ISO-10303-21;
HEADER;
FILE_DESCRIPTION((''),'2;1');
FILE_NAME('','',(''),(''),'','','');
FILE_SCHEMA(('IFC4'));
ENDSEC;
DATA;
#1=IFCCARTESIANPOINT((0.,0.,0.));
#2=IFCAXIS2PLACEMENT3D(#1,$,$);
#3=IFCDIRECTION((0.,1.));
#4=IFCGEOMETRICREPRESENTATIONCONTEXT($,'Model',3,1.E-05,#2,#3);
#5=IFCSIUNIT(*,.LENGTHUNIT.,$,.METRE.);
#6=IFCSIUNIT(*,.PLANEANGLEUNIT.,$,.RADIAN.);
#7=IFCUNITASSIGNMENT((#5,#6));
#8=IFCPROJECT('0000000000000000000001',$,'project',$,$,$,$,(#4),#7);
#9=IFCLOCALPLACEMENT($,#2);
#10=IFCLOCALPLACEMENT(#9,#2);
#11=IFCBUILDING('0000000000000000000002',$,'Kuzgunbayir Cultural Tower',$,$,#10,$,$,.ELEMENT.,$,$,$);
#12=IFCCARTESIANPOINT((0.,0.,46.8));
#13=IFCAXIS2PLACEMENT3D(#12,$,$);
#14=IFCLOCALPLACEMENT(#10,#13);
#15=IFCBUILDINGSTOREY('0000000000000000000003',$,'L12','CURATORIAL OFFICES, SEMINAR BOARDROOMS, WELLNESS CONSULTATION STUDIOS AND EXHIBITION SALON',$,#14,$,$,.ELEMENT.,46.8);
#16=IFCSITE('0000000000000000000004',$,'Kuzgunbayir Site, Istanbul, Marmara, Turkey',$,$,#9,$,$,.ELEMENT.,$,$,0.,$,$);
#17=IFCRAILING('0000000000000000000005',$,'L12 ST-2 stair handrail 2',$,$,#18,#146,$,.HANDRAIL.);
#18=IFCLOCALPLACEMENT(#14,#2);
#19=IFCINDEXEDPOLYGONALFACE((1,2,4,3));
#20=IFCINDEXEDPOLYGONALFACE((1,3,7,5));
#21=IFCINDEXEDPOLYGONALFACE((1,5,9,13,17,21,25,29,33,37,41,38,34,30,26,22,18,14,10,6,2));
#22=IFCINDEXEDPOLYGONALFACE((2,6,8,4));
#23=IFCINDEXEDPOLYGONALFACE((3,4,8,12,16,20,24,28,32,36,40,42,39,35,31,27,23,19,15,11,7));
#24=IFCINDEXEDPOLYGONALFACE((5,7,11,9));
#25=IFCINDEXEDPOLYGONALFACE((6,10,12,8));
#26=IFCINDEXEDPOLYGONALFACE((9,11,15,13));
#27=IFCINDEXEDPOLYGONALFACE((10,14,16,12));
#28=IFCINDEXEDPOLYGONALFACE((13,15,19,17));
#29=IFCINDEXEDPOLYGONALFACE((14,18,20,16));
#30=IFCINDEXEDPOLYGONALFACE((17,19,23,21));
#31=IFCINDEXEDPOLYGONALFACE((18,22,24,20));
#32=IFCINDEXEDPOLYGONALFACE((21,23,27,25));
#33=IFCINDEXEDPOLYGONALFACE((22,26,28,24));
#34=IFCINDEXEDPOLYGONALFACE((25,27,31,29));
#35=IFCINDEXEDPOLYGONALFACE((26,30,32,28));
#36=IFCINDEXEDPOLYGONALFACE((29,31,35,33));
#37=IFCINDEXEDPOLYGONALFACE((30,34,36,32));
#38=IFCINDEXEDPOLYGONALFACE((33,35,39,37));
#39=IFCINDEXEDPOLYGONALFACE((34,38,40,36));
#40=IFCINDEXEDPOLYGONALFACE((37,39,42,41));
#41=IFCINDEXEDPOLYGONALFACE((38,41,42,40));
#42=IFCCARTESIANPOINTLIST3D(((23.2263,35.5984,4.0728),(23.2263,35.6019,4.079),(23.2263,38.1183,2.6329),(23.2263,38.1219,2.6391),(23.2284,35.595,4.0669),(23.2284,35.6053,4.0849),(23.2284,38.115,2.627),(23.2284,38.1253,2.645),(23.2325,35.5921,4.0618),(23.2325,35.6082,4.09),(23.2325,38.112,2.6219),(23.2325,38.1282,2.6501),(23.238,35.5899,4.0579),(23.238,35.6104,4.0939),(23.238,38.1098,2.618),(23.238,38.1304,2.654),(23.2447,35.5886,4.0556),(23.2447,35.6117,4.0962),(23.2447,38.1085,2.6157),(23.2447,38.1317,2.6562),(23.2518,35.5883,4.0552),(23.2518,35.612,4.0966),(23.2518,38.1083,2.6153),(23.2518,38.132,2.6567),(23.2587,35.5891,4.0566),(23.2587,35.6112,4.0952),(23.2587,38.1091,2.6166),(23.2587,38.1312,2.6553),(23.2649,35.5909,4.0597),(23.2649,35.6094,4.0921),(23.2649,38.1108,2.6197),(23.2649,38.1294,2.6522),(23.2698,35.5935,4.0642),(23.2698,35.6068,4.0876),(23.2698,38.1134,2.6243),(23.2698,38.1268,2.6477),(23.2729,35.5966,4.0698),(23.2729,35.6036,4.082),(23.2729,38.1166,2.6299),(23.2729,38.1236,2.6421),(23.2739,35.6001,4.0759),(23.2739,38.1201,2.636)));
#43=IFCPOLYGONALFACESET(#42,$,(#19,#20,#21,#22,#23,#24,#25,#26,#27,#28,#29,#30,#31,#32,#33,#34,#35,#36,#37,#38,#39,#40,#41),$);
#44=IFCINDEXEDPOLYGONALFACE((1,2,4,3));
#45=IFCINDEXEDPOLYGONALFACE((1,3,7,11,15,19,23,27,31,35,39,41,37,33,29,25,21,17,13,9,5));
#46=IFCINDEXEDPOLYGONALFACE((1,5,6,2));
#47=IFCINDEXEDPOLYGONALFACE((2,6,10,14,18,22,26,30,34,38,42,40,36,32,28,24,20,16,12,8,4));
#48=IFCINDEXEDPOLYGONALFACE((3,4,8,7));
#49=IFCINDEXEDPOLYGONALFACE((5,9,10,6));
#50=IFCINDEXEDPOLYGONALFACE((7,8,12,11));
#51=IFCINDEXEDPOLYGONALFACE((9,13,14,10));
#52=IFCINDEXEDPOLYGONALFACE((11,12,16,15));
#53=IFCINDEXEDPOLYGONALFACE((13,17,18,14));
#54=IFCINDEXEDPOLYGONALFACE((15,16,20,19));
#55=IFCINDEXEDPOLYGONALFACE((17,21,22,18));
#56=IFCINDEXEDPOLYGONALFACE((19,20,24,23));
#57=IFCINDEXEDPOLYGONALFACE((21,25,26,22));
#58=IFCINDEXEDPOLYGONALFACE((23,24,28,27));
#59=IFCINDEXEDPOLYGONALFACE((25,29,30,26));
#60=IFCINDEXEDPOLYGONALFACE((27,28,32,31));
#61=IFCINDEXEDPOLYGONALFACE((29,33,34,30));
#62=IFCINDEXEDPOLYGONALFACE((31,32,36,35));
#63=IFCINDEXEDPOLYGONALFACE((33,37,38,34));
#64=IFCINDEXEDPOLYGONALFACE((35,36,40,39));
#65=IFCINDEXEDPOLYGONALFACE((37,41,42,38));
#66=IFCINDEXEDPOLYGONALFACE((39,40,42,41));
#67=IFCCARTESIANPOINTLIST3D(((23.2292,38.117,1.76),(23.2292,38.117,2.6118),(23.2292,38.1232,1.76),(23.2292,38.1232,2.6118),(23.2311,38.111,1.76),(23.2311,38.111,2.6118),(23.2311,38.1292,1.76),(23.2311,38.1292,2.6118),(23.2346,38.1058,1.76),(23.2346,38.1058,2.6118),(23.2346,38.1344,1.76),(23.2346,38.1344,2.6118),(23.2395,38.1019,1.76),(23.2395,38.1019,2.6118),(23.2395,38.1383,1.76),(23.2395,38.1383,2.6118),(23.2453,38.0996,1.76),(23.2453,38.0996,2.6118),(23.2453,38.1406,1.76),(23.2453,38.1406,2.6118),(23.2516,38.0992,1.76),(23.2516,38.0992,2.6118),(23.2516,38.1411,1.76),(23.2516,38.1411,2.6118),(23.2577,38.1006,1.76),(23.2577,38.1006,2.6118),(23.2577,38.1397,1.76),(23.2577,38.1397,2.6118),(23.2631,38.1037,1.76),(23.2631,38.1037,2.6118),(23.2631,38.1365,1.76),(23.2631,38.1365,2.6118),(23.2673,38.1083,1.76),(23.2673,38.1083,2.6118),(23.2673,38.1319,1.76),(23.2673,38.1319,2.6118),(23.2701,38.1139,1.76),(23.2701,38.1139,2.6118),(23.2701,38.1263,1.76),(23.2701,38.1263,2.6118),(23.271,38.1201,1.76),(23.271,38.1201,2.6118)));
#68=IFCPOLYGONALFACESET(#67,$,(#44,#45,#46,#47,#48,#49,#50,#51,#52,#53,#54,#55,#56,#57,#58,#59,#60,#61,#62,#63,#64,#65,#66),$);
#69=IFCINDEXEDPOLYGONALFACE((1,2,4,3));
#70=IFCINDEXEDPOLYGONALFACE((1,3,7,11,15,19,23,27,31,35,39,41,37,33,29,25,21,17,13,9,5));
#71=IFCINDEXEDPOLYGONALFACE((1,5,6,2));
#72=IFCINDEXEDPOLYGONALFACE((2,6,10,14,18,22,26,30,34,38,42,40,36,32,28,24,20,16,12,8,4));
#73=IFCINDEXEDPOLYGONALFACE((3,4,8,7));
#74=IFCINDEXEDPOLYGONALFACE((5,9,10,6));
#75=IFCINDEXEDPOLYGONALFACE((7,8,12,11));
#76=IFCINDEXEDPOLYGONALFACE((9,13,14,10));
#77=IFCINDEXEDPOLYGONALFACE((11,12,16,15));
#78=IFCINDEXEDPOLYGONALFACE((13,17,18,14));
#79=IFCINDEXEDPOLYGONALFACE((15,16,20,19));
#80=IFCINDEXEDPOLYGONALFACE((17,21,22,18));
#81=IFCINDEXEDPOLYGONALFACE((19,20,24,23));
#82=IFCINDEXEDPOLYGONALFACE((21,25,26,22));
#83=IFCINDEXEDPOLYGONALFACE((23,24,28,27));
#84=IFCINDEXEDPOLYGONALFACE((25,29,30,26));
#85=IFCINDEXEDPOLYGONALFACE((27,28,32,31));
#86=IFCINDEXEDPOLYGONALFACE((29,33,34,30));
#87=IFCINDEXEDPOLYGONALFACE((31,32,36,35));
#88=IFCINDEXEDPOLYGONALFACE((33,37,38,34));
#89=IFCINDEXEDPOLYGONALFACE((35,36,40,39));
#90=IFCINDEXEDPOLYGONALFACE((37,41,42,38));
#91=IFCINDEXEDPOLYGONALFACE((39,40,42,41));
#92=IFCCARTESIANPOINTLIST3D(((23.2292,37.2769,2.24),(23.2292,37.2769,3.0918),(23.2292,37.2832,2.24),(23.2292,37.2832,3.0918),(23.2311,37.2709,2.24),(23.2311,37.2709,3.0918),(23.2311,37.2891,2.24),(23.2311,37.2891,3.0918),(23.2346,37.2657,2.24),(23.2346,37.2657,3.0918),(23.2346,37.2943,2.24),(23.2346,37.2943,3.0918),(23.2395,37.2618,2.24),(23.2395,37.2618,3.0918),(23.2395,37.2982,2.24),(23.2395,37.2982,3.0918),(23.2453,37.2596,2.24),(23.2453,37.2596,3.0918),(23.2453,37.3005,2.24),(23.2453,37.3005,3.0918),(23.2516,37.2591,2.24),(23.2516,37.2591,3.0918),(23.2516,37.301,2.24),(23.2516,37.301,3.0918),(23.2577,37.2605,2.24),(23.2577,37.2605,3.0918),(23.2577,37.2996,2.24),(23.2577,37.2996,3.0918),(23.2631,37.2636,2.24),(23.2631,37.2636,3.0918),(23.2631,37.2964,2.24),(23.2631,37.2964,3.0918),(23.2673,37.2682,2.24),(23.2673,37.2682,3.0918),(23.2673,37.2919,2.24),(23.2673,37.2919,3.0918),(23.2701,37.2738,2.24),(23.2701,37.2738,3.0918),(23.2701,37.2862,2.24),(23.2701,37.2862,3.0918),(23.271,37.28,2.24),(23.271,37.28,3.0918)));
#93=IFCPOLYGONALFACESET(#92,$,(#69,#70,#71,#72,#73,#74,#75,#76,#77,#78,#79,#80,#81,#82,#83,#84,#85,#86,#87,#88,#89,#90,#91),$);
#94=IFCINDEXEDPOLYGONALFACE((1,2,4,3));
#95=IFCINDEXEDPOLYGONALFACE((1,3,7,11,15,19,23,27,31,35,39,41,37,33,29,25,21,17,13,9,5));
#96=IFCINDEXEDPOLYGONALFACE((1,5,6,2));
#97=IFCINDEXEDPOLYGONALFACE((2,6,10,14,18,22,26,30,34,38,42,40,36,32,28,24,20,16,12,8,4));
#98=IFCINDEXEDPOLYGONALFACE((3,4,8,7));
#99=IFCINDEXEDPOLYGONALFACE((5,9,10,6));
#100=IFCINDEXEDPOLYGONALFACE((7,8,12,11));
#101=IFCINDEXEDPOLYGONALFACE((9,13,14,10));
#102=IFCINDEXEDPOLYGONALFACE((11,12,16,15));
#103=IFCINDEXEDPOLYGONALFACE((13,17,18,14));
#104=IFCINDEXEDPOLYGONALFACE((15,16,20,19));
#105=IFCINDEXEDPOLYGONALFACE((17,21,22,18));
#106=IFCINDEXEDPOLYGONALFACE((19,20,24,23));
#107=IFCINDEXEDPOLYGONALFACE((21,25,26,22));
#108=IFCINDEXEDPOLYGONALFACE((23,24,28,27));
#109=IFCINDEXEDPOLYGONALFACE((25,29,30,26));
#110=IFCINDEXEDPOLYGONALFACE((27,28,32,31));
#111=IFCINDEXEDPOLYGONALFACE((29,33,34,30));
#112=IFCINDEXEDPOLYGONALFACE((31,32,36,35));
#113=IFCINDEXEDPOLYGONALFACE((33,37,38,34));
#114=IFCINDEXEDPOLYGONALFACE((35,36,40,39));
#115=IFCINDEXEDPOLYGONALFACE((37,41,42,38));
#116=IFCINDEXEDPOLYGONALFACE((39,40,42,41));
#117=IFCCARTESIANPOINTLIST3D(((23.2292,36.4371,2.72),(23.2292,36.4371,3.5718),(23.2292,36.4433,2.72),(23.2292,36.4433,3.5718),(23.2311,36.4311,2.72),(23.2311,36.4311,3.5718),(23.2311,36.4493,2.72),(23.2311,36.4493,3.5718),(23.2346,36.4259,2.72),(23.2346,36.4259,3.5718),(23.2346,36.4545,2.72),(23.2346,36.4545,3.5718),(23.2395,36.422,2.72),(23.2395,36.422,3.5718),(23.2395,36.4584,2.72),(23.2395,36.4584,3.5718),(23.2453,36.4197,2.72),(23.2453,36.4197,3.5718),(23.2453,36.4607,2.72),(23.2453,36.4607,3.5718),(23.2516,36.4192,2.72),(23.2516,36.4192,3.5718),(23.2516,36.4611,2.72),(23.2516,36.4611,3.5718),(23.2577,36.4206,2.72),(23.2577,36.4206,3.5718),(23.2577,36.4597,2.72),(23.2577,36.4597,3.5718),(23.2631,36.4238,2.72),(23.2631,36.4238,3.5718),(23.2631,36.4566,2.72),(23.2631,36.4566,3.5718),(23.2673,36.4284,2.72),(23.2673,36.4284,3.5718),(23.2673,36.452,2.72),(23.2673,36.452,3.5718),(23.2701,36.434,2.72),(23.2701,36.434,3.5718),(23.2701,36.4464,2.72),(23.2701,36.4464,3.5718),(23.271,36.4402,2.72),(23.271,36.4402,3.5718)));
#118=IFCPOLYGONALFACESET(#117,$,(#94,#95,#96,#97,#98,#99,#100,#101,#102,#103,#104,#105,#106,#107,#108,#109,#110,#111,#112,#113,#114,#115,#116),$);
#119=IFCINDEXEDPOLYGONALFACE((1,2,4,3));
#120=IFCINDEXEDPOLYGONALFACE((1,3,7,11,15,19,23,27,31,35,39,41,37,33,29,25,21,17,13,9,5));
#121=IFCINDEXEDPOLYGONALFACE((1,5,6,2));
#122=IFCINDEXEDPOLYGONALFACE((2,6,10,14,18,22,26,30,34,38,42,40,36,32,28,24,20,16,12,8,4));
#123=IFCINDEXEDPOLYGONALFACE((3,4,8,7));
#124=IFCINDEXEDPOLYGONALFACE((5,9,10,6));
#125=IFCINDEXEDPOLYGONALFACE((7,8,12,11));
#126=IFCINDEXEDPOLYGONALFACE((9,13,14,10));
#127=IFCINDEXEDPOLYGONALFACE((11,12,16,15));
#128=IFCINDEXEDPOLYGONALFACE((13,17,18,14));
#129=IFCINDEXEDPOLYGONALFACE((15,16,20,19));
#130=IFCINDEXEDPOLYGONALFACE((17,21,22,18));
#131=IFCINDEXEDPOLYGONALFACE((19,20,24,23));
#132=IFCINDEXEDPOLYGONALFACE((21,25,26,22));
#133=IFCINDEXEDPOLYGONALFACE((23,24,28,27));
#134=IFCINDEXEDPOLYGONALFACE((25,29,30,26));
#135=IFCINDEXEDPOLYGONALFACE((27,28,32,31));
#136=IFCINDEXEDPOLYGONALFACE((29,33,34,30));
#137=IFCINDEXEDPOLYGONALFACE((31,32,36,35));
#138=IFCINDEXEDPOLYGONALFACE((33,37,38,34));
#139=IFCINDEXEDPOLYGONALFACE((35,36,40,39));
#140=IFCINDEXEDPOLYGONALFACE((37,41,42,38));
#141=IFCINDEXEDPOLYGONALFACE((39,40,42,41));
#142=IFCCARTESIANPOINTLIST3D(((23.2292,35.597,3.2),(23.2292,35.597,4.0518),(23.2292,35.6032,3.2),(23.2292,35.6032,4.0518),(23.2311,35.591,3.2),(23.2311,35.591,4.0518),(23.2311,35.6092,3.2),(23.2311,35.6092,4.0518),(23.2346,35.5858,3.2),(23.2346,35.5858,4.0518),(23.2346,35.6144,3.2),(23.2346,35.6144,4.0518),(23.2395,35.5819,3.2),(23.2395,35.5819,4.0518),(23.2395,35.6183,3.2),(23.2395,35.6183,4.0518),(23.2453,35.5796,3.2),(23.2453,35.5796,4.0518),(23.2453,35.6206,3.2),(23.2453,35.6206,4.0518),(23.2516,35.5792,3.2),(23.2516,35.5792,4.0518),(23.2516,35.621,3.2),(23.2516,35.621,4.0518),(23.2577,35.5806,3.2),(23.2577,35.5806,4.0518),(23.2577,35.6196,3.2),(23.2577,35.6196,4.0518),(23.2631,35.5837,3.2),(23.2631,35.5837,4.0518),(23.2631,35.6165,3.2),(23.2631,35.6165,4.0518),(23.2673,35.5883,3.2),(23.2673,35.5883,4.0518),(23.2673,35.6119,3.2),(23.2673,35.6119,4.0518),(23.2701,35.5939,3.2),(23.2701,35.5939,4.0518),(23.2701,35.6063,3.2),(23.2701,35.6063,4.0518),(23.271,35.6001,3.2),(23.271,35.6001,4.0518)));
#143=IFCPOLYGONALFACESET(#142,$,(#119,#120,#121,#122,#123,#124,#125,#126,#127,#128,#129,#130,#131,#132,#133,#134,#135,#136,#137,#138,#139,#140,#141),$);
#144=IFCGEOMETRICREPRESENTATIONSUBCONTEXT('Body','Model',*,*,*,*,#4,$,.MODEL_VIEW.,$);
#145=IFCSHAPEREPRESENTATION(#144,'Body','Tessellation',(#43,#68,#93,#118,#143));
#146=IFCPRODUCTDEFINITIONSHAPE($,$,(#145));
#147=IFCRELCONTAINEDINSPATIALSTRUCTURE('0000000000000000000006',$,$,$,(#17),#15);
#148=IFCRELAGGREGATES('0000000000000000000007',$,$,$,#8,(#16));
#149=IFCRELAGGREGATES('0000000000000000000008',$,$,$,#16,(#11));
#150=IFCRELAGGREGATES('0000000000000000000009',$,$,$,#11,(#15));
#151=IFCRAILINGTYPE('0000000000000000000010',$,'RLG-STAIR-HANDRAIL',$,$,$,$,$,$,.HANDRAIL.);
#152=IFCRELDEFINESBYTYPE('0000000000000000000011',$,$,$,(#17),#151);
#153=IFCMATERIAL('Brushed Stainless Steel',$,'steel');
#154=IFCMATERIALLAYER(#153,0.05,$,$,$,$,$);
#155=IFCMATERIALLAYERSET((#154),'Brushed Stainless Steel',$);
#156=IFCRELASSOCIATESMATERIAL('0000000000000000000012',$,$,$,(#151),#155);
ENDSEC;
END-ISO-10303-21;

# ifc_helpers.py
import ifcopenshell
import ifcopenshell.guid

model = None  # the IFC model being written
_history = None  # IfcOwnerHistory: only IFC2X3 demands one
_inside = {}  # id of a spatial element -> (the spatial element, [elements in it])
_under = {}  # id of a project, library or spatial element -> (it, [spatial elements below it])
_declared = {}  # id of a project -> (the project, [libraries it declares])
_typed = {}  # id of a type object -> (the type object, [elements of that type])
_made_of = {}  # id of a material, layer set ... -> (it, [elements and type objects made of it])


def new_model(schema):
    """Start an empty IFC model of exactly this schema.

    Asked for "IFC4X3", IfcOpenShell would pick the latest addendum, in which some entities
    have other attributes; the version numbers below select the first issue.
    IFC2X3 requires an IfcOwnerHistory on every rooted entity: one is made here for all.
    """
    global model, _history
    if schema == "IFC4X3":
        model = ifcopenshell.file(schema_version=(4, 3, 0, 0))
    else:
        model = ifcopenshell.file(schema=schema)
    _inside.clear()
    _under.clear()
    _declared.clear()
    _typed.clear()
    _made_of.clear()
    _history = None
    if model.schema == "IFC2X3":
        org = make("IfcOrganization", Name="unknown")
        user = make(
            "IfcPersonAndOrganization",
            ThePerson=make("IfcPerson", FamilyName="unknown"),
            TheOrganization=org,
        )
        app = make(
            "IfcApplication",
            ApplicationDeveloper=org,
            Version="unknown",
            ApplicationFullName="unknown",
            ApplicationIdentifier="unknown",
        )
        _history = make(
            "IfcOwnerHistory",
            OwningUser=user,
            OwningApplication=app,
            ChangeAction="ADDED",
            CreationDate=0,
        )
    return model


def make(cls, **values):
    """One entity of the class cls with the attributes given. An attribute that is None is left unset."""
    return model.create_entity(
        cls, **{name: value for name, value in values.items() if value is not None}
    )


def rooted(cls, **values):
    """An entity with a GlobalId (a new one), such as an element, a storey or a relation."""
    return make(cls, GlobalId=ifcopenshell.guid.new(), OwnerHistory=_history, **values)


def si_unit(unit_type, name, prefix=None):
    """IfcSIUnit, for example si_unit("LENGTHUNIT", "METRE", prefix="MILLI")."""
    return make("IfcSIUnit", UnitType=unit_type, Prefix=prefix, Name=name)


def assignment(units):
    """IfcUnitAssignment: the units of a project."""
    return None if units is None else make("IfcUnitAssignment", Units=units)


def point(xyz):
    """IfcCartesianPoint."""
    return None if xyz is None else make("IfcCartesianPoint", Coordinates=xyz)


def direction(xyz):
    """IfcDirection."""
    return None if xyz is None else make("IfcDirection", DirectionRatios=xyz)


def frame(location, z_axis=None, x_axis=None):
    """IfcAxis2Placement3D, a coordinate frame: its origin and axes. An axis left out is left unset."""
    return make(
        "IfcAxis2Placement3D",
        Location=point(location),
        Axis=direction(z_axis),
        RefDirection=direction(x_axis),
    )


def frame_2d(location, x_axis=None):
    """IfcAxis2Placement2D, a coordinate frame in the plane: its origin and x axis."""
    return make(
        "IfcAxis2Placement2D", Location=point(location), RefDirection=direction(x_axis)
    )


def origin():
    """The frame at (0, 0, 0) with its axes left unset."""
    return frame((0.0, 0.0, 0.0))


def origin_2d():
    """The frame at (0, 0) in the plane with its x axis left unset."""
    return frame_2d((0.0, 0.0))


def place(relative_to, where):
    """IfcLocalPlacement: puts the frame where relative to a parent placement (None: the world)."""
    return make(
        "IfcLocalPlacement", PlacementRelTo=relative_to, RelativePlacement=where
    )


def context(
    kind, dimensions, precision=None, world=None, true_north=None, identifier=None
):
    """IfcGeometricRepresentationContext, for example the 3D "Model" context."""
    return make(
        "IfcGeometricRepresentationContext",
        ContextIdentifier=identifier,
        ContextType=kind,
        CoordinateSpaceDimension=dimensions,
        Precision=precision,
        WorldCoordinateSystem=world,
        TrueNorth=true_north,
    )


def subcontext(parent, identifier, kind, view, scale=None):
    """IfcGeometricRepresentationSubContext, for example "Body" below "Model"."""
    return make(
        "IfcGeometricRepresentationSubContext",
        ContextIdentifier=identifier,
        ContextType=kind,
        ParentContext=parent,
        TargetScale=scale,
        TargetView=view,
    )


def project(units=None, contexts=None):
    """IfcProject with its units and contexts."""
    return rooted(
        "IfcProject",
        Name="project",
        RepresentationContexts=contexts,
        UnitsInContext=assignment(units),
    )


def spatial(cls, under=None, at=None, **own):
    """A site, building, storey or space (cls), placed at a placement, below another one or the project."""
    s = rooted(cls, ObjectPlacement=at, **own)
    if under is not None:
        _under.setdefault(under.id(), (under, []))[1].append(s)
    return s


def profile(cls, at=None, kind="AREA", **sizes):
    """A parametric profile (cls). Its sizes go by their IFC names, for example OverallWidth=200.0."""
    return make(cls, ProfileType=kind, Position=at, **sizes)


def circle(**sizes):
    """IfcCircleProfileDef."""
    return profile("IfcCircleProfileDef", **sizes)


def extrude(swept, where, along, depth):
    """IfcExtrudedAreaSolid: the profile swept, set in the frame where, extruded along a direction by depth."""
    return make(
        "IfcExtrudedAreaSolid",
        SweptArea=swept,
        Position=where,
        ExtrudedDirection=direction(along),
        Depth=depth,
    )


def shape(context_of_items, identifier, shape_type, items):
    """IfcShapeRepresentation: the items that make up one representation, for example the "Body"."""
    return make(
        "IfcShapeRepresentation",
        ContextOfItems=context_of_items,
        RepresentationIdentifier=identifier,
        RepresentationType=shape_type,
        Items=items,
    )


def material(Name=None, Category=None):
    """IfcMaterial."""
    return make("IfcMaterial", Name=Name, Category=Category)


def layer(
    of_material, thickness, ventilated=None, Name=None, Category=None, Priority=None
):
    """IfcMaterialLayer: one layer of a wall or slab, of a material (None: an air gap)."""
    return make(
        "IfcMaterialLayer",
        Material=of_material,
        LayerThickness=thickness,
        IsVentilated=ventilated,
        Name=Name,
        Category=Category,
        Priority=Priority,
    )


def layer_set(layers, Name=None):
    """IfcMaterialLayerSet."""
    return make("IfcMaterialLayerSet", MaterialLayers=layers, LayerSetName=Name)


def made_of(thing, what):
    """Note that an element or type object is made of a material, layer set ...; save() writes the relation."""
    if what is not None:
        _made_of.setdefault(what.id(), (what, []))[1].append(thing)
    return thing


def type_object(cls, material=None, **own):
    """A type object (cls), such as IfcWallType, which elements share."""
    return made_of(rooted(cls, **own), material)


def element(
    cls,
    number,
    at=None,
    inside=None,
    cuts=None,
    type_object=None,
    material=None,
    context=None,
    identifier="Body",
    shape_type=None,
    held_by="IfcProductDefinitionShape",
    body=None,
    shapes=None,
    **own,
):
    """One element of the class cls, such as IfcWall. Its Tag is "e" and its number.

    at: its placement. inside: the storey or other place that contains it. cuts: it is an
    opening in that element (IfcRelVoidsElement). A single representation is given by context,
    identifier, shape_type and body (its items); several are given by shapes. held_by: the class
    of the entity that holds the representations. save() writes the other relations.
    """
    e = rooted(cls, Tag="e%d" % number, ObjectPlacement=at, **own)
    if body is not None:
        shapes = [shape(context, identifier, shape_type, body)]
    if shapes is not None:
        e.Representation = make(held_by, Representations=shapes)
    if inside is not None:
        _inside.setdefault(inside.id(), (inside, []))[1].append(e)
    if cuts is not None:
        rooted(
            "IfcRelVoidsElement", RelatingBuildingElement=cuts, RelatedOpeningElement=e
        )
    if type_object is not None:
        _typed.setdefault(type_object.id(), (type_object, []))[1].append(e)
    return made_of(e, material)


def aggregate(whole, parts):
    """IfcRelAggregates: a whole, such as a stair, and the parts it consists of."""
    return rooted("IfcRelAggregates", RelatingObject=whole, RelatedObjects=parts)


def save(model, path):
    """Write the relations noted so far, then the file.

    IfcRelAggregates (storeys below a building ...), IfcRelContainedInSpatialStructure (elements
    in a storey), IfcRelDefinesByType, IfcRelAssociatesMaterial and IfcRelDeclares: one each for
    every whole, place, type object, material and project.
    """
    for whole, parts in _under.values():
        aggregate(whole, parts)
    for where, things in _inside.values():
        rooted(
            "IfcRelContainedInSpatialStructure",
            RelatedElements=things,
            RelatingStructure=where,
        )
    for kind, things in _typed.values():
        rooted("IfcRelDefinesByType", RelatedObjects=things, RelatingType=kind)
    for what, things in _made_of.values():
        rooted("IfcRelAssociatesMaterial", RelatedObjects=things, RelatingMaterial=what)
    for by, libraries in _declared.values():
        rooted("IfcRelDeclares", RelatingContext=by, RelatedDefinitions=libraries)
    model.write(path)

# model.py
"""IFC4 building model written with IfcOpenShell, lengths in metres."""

from ifc_helpers import new_model, si_unit, direction, frame, origin, origin_2d, place, context, subcontext, project, spatial, circle, extrude, material, layer, layer_set, type_object, element, save


model = new_model("IFC4")

# Units and contexts
model_context = context("Model", 3, precision=1e-05, world=origin(), true_north=direction((0.0, 1.0)))
body_context = subcontext(model_context, "Body", "Model", "MODEL_VIEW")
ifc_project = project(units=[si_unit("LENGTHUNIT", "METRE"), si_unit("PLANEANGLEUNIT", "RADIAN")], contexts=[model_context])

# Site, building, storey
site_placement = place(None, origin())
site = spatial("IfcSite", under=ifc_project, at=site_placement, Name="Kuzgunbayir Site, Istanbul, Marmara, Turkey", CompositionType="ELEMENT", RefElevation=0.0)
building_placement = place(site_placement, origin())
building = spatial("IfcBuilding", under=site, at=building_placement, Name="Kuzgunbayir Cultural Tower", CompositionType="ELEMENT")
storey_placement = place(building_placement, frame((0.0, 0.0, 46.8)))
storey = spatial("IfcBuildingStorey", under=building, at=storey_placement, Name="L12", Description="CURATORIAL OFFICES, SEMINAR BOARDROOMS, WELLNESS CONSULTATION STUDIOS AND EXHIBITION SALON", CompositionType="ELEMENT", Elevation=46.8)

# Railing
ifc_material_1 = material(Name="Brushed Stainless Steel", Category="steel")
ifc_layer_1 = layer(ifc_material_1, 0.05)
ifc_layer_set_1 = layer_set([ifc_layer_1], Name="Brushed Stainless Steel")
railing_type_1 = type_object("IfcRailingType", Name="RLG-STAIR-HANDRAIL", PredefinedType="HANDRAIL", material=ifc_layer_set_1)
railing_1_placement = place(storey_placement, frame((23.25, 38.1201, 1.76)))
element("IfcRailing", 1, at=railing_1_placement, inside=storey, type_object=railing_type_1, Name="L12 ST-2 stair handrail 2", PredefinedType="HANDRAIL", context=body_context, shape_type="SweptSolid", body=[
    extrude(circle(Radius=0.0239, at=origin_2d()), frame((0.0, 0.0, 0.876), z_axis=(0.0, -0.868253, 0.496121), x_axis=(1.0, 0.0, 0.0)), (0.0, 0.0, 1.0), 2.9023),
    extrude(circle(Radius=0.021, at=origin_2d()), origin(), (0.0, 0.0, 1.0), 0.8518),
    extrude(circle(Radius=0.021, at=origin_2d()), frame((0.0, -0.8401, 0.48)), (0.0, 0.0, 1.0), 0.8518),
    extrude(circle(Radius=0.021, at=origin_2d()), frame((0.0, -1.6799, 0.96)), (0.0, 0.0, 1.0), 0.8518),
    extrude(circle(Radius=0.021, at=origin_2d()), frame((0.0, -2.52, 1.4399)), (0.0, 0.0, 1.0), 0.8518),
])

save(model, "model.ifc")
